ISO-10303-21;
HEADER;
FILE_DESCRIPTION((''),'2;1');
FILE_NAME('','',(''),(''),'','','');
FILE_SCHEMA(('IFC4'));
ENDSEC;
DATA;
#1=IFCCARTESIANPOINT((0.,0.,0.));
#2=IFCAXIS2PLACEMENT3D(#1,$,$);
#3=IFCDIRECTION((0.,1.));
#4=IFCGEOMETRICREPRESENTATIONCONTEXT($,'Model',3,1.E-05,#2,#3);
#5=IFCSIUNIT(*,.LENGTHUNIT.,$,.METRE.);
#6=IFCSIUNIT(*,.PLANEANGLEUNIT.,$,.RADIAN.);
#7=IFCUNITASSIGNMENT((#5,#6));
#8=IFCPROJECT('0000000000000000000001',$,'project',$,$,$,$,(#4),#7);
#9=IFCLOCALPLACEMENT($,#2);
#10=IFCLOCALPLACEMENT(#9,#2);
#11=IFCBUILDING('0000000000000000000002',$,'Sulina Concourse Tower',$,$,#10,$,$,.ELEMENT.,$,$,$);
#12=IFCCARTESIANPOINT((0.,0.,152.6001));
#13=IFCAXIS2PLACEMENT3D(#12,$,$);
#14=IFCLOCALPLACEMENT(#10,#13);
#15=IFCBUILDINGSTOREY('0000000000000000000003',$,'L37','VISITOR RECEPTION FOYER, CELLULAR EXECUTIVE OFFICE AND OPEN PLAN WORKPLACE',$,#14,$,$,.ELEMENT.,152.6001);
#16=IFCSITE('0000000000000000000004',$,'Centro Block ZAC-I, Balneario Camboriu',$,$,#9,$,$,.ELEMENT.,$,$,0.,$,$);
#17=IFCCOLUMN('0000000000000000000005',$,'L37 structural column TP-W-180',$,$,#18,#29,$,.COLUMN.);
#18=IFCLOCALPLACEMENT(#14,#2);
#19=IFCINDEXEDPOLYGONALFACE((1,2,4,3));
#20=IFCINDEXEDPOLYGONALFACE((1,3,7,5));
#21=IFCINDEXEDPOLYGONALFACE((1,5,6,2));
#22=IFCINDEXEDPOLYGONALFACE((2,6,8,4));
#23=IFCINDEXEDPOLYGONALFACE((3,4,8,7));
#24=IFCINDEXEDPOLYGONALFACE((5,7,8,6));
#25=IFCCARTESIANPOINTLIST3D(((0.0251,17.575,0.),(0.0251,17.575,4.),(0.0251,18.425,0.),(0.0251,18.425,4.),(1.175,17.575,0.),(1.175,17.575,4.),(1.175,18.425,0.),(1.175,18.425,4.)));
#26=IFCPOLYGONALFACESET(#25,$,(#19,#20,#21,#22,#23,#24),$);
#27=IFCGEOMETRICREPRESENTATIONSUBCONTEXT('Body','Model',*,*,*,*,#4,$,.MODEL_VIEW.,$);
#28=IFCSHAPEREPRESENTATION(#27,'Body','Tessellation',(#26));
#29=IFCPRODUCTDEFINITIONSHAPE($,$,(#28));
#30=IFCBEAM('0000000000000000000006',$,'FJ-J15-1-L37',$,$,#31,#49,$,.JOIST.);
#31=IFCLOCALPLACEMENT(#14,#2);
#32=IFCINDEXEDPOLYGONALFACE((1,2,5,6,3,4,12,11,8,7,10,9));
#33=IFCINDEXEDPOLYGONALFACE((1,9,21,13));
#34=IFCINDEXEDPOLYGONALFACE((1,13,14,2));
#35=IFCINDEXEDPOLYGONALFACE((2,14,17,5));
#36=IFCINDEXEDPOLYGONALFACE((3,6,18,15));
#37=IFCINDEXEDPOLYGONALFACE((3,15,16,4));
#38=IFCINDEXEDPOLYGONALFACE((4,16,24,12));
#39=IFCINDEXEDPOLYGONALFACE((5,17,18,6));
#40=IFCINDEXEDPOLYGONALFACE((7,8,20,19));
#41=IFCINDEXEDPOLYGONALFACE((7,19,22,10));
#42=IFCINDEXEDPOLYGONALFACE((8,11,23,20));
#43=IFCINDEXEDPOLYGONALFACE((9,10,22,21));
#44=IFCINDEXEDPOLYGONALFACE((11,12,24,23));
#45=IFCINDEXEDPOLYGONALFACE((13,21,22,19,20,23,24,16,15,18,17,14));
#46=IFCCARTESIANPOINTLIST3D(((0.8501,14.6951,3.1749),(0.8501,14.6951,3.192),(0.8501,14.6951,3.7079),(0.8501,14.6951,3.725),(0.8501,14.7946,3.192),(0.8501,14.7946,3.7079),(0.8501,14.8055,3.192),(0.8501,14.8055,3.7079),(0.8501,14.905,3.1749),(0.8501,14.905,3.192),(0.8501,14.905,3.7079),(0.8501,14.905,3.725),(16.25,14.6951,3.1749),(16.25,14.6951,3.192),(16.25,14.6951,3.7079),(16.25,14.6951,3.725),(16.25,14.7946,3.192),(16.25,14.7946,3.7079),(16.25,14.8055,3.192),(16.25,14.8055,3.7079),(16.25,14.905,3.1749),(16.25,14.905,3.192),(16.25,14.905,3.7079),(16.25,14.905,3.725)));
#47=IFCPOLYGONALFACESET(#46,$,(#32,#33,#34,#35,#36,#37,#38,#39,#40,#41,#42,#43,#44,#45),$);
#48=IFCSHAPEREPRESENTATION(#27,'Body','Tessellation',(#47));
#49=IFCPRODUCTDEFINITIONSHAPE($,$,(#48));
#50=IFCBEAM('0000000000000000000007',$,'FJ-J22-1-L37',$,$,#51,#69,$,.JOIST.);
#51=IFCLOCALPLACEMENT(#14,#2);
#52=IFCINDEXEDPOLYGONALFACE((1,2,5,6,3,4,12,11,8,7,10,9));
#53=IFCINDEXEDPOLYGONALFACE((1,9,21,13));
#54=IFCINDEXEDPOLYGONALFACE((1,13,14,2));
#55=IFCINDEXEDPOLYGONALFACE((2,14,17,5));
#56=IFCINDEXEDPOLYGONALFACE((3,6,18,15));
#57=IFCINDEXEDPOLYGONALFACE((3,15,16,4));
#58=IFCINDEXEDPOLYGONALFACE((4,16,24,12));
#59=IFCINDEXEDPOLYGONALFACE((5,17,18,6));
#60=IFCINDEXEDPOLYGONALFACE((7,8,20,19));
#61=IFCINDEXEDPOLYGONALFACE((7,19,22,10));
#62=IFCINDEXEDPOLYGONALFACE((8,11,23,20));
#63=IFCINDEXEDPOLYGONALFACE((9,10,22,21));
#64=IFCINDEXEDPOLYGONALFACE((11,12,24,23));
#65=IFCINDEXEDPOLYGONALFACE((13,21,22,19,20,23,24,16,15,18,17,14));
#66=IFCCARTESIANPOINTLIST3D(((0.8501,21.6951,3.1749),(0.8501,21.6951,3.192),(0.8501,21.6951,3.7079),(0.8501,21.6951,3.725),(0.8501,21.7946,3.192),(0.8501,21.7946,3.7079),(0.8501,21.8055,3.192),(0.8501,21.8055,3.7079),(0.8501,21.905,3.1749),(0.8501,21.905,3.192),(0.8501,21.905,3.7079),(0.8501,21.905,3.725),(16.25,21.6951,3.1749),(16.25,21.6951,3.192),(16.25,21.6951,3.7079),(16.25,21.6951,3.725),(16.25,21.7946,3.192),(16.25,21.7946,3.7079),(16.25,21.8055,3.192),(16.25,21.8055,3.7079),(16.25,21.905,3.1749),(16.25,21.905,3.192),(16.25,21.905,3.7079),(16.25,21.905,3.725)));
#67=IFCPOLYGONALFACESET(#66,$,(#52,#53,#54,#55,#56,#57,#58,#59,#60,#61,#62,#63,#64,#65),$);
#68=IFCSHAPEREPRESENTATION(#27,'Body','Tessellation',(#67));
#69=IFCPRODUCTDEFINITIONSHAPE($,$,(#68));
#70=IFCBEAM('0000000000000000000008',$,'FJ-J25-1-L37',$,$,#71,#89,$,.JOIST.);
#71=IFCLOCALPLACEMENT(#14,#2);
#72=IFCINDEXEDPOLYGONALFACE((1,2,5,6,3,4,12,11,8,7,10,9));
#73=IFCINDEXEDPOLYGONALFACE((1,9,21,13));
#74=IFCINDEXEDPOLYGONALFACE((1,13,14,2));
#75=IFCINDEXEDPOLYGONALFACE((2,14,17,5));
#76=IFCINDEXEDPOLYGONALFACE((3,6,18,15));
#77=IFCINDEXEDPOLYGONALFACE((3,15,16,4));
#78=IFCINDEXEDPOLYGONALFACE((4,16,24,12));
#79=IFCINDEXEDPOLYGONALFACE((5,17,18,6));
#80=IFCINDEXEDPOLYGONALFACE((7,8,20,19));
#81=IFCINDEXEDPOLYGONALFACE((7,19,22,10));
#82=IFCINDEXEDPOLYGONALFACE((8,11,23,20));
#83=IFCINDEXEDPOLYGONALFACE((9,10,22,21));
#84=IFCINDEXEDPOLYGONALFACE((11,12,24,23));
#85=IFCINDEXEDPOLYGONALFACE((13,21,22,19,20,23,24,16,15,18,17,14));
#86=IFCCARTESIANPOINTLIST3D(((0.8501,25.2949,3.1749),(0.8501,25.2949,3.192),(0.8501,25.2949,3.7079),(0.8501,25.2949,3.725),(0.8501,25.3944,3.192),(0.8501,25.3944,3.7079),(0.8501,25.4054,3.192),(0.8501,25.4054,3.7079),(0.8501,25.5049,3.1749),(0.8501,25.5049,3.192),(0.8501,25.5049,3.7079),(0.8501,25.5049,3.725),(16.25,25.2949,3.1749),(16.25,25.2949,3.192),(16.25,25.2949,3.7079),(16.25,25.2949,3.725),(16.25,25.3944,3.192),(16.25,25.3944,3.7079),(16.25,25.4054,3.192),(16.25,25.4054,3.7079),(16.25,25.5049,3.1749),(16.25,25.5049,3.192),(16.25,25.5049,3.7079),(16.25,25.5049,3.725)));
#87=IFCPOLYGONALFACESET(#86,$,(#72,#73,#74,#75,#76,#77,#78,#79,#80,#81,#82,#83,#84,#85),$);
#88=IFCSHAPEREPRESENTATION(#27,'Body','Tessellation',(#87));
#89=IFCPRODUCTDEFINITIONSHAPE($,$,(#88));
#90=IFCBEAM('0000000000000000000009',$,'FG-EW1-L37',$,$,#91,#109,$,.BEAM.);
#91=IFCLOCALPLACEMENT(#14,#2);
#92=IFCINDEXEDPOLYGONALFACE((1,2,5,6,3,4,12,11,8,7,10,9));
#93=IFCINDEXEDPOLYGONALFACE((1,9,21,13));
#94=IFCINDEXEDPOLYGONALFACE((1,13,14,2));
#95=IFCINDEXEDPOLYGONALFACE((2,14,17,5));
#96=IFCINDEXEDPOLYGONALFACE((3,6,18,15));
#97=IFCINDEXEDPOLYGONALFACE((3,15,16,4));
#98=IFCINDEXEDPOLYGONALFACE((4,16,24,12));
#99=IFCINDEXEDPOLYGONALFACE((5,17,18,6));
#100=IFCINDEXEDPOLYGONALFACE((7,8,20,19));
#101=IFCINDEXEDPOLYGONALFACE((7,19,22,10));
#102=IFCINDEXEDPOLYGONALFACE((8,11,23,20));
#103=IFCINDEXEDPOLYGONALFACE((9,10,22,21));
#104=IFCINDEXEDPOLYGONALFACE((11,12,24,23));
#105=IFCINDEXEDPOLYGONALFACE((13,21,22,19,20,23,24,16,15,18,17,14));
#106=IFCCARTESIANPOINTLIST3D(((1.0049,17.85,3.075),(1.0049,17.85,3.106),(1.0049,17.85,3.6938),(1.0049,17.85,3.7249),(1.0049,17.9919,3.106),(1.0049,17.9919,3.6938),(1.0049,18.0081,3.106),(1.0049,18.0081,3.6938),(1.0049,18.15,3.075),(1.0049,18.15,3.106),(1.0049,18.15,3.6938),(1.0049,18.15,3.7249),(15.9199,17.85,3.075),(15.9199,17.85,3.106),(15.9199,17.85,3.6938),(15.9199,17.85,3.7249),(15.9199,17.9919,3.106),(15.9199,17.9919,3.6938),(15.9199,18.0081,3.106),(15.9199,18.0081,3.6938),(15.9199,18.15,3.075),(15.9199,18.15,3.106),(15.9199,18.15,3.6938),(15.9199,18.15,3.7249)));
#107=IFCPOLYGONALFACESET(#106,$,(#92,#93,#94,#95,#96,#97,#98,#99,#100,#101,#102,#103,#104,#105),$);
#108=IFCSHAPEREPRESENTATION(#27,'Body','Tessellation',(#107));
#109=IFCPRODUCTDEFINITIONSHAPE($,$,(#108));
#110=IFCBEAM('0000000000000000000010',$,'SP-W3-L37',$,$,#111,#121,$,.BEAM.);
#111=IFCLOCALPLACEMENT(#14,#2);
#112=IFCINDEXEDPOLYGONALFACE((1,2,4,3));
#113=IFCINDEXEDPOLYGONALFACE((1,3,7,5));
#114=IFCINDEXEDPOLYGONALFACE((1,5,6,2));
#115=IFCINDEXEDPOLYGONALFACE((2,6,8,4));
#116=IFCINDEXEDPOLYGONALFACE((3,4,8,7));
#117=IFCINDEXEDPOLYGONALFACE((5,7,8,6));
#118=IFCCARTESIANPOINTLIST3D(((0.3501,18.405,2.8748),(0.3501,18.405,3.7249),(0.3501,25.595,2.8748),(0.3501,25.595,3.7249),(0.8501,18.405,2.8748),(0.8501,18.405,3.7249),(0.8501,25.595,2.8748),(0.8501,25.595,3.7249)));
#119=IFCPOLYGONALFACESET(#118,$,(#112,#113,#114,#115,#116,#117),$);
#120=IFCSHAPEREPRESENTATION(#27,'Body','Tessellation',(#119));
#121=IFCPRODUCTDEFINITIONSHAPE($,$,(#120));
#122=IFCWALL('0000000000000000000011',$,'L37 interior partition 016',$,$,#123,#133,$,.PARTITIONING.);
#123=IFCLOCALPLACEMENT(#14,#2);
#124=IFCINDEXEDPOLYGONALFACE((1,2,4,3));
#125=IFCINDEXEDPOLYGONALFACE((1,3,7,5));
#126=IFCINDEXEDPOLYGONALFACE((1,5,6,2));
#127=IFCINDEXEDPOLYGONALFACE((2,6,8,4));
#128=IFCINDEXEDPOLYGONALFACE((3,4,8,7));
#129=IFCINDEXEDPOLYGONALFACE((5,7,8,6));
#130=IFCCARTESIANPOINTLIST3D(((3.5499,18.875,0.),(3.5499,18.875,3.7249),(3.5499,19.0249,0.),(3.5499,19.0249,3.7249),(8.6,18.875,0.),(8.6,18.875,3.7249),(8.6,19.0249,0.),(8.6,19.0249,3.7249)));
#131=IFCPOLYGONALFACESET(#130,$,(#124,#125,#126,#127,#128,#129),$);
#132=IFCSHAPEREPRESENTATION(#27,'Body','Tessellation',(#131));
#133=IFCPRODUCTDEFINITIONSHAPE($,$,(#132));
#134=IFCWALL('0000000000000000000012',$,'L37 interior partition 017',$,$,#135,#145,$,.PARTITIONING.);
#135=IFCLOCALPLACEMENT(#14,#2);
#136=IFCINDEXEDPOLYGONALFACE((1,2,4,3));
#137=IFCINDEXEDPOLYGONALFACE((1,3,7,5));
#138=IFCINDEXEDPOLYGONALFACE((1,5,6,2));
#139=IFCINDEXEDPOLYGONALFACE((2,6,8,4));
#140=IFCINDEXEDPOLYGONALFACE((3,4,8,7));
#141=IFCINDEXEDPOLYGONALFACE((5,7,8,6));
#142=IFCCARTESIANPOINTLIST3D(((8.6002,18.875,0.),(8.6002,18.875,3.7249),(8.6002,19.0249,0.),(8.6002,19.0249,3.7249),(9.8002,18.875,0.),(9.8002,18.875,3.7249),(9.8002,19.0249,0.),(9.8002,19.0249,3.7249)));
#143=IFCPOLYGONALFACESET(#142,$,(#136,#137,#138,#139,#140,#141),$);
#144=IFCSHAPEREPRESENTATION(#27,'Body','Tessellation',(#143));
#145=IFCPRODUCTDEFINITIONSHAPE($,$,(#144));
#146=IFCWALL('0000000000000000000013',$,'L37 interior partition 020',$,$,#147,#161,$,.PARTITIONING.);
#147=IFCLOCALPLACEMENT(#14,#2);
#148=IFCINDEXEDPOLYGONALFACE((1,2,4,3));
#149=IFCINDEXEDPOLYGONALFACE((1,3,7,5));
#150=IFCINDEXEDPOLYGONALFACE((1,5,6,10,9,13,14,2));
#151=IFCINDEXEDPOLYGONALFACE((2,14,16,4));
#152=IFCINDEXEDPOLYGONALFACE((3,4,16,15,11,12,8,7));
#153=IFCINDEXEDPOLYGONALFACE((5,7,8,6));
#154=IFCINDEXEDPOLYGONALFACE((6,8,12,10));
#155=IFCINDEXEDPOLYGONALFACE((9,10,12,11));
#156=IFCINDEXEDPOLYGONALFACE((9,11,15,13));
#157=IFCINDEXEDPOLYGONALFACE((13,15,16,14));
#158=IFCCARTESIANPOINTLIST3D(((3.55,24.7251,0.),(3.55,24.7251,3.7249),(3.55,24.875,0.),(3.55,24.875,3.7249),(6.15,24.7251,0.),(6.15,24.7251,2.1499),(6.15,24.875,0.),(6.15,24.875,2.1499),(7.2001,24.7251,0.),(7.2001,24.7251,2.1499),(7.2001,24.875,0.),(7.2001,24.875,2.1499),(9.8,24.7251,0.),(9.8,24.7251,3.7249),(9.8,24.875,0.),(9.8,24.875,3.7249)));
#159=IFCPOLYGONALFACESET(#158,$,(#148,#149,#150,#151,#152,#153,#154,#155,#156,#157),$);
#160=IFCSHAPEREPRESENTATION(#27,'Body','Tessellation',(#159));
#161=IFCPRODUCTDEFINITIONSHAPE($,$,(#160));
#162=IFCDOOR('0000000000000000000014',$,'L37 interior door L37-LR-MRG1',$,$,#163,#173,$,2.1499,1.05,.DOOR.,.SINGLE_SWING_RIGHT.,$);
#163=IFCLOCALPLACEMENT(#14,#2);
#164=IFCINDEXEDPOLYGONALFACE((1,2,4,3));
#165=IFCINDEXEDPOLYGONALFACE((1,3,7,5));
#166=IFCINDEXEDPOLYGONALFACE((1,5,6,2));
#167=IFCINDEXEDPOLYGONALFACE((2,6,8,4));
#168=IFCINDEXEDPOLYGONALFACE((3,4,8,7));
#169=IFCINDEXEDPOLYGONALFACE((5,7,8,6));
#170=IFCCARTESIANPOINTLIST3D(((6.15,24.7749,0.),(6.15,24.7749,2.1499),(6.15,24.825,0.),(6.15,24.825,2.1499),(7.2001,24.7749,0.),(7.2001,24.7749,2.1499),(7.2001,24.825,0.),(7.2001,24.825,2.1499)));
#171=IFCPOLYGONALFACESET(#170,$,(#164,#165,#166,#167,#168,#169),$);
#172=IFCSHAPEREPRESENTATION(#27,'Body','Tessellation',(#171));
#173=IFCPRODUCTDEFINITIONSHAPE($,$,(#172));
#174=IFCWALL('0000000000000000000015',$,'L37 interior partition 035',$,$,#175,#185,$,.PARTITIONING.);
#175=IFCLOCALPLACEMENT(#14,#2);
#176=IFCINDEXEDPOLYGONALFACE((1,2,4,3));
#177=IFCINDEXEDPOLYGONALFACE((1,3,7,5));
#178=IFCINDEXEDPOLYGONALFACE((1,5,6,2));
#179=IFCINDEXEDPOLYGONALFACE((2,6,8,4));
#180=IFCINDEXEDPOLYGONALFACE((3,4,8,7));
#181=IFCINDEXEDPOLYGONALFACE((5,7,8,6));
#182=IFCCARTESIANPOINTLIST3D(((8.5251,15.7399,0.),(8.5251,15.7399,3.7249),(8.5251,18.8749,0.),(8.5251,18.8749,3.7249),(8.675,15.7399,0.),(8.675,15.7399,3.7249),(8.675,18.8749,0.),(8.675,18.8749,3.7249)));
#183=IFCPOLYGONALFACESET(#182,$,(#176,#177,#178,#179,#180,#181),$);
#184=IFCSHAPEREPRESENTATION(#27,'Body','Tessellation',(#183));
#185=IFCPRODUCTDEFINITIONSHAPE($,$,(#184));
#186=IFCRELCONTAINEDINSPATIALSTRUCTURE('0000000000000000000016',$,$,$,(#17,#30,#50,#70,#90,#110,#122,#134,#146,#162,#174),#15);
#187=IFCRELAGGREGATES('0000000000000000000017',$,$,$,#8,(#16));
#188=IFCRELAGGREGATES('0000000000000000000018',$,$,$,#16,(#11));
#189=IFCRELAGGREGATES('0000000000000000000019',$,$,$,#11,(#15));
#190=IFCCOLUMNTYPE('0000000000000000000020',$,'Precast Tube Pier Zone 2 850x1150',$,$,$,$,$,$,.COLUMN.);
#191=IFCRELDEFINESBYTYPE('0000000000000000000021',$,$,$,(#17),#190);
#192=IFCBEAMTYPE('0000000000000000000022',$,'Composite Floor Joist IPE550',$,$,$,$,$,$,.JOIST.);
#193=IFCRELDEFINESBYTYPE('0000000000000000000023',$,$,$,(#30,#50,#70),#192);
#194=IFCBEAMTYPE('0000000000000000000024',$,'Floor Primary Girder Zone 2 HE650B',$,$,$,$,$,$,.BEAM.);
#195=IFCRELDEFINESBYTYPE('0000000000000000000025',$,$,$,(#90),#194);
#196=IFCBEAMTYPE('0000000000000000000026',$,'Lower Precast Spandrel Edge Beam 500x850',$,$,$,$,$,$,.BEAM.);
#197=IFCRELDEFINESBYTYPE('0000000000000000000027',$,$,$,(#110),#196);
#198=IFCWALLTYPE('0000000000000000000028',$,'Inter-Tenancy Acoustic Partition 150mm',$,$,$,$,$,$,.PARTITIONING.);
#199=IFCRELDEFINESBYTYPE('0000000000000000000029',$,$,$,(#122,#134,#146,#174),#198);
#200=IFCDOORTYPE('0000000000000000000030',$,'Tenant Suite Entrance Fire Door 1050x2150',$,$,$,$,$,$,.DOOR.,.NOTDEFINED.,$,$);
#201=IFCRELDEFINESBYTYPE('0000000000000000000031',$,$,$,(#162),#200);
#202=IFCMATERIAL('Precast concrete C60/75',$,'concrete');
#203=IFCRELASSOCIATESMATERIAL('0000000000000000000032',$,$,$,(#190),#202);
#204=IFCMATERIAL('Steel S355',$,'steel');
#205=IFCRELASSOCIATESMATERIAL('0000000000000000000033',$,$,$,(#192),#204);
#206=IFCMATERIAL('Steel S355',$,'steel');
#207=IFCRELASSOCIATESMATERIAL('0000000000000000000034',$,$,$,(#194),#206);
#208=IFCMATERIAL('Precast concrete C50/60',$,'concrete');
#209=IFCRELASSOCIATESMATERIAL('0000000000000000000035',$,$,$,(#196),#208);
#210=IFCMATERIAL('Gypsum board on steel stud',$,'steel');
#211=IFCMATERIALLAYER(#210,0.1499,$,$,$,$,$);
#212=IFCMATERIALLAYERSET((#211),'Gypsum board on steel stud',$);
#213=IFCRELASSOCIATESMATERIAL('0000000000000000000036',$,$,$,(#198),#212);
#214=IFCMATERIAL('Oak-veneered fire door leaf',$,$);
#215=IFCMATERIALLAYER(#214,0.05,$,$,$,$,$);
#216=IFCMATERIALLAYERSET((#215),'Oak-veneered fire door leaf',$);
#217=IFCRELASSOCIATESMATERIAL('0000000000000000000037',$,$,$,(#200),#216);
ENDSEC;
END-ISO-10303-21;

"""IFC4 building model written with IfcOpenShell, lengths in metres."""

from ifc_helpers import new_model, si_unit, direction, frame, frame_2d, origin, origin_2d, place, context, subcontext, project, spatial, rectangle, i_section, extrude, material, layer, layer_set, material_profile, profile_set, type_object, element, fill, save


model = new_model("IFC4")

# Units and contexts
model_context = context("Model", 3, precision=1e-05, world=origin(), true_north=direction((0.0, 1.0)))
body_context = subcontext(model_context, "Body", "Model", "MODEL_VIEW")
ifc_project = project(units=[si_unit("LENGTHUNIT", "METRE"), si_unit("PLANEANGLEUNIT", "RADIAN")], contexts=[model_context])

# Site, building, storey
site_placement = place(None, origin())
site = spatial("IfcSite", under=ifc_project, at=site_placement, Name="Centro Block ZAC-I, Balneario Camboriu", CompositionType="ELEMENT", RefElevation=0.0)
building_placement = place(site_placement, origin())
building = spatial("IfcBuilding", under=site, at=building_placement, Name="Sulina Concourse Tower", CompositionType="ELEMENT")
storey_placement = place(building_placement, frame((0.0, 0.0, 152.6001)))
storey = spatial("IfcBuildingStorey", under=building, at=storey_placement, Name="L37", Description="VISITOR RECEPTION FOYER, CELLULAR EXECUTIVE OFFICE AND OPEN PLAN WORKPLACE", CompositionType="ELEMENT", Elevation=152.6001)

# Column
ifc_material_1 = material(Name="Precast concrete C60/75", Category="concrete")
ifc_material_profile_1 = material_profile(ifc_material_1, rectangle(XDim=0.8501, YDim=1.1499, at=origin_2d()), Name="PC 850x1150")
ifc_profile_set_1 = profile_set([ifc_material_profile_1], Name="Precast concrete C60/75")
column_type = type_object("IfcColumnType", Name="Precast Tube Pier Zone 2 850x1150", PredefinedType="COLUMN", material=ifc_profile_set_1)
column_placement = place(storey_placement, frame((0.6001, 18.0, 0.0), z_axis=(0.0, 0.0, 1.0), x_axis=(0.0, 1.0, 0.0)))
element("IfcColumn", 1, at=column_placement, inside=storey, type_object=column_type, Name="L37 structural column TP-W-180", PredefinedType="COLUMN", context=body_context, shape_type="SweptSolid", body=[
    extrude(rectangle(XDim=0.8501, YDim=1.1499, at=origin_2d()), origin(), (0.0, 0.0, 1.0), 4.0),
])

# Beams
ifc_material_2 = material(Name="Steel S355", Category="steel")
ifc_material_profile_2 = material_profile(ifc_material_2, i_section(OverallWidth=0.21, OverallDepth=0.55, WebThickness=0.011, FlangeThickness=0.0171, at=origin_2d()), Name="IPE 550")
ifc_profile_set_2 = profile_set([ifc_material_profile_2], Name="Steel S355")
beam_type_1 = type_object("IfcBeamType", Name="Composite Floor Joist IPE550", PredefinedType="JOIST", material=ifc_profile_set_2)
for number, where, z_axis, x_axis, name in (
    (2, (0.8501, 14.8, 3.45), (1.0, 0.0, 0.0), (0.0, 1.0, 0.0), "FJ-J15-1-L37"),
    (3, (0.8501, 21.8, 3.45), (1.0, 0.0, 0.0), (0.0, 1.0, 0.0), "FJ-J22-1-L37"),
    (4, (0.8501, 25.3999, 3.45), (1.0, 0.0, 0.0), (0.0, 1.0, 0.0), "FJ-J25-1-L37"),
):
    element("IfcBeam", number, at=place(storey_placement, frame(where, z_axis=z_axis, x_axis=x_axis)), inside=storey, type_object=beam_type_1, Name=name, PredefinedType="JOIST", context=body_context, shape_type="SweptSolid", body=[
        extrude(i_section(OverallWidth=0.21, OverallDepth=0.55, WebThickness=0.011, FlangeThickness=0.0171, at=origin_2d()), origin(), (0.0, 0.0, 1.0), 15.3999),
    ])
ifc_material_3 = material(Name="Steel S355", Category="steel")
ifc_material_profile_3 = material_profile(ifc_material_3, i_section(OverallWidth=0.3, OverallDepth=0.6499, WebThickness=0.0161, FlangeThickness=0.031, at=origin_2d()), Name="HE 650 B")
ifc_profile_set_3 = profile_set([ifc_material_profile_3], Name="Steel S355")
beam_type_2 = type_object("IfcBeamType", Name="Floor Primary Girder Zone 2 HE650B", PredefinedType="BEAM", material=ifc_profile_set_3)
beam_1_placement = place(storey_placement, frame((1.0049, 18.0, 3.3999), z_axis=(1.0, 0.0, 0.0), x_axis=(0.0, 1.0, 0.0)))
element("IfcBeam", 5, at=beam_1_placement, inside=storey, type_object=beam_type_2, Name="FG-EW1-L37", PredefinedType="BEAM", context=body_context, shape_type="SweptSolid", body=[
    extrude(i_section(OverallWidth=0.3, OverallDepth=0.6499, WebThickness=0.0161, FlangeThickness=0.031, at=origin_2d()), origin(), (0.0, 0.0, 1.0), 14.915),
])
ifc_material_4 = material(Name="Precast concrete C50/60", Category="concrete")
ifc_material_profile_4 = material_profile(ifc_material_4, rectangle(XDim=0.5, YDim=0.8501, at=origin_2d()), Name="RC 500x850")
ifc_profile_set_4 = profile_set([ifc_material_profile_4], Name="Precast concrete C50/60")
beam_type_3 = type_object("IfcBeamType", Name="Lower Precast Spandrel Edge Beam 500x850", PredefinedType="BEAM", material=ifc_profile_set_4)
beam_2_placement = place(storey_placement, frame((0.6001, 18.405, 3.2998), z_axis=(0.0, 1.0, 0.0), x_axis=(-1.0, 0.0, 0.0)))
element("IfcBeam", 6, at=beam_2_placement, inside=storey, type_object=beam_type_3, Name="SP-W3-L37", PredefinedType="BEAM", context=body_context, shape_type="SweptSolid", body=[
    extrude(rectangle(XDim=0.5, YDim=0.8501, at=origin_2d()), origin(), (0.0, 0.0, 1.0), 7.1899),
])

# Walls
ifc_material_5 = material(Name="Gypsum board on steel stud", Category="steel")
ifc_layer_1 = layer(ifc_material_5, 0.1499)
ifc_layer_set_1 = layer_set([ifc_layer_1], Name="Gypsum board on steel stud")
wall_type_1 = type_object("IfcWallType", Name="Inter-Tenancy Acoustic Partition 150mm", PredefinedType="PARTITIONING", material=ifc_layer_set_1)
wall_1_placement = place(storey_placement, frame((3.55, 18.95, 0.0), z_axis=(0.0, 0.0, 1.0), x_axis=(1.0, 0.0, 0.0)))
element("IfcWall", 7, at=wall_1_placement, inside=storey, type_object=wall_type_1, Name="L37 interior partition 016", PredefinedType="PARTITIONING", context=body_context, shape_type="SweptSolid", body=[
    extrude(rectangle(XDim=5.05, YDim=0.1499, at=frame_2d((2.5249, 0.0))), origin(), (0.0, 0.0, 1.0), 3.7249),
])
wall_2_placement = place(storey_placement, frame((8.6001, 18.95, 0.0), z_axis=(0.0, 0.0, 1.0), x_axis=(1.0, 0.0, 0.0)))
element("IfcWall", 8, at=wall_2_placement, inside=storey, type_object=wall_type_1, Name="L37 interior partition 017", PredefinedType="PARTITIONING", context=body_context, shape_type="SweptSolid", body=[
    extrude(rectangle(XDim=1.2, YDim=0.1499, at=frame_2d((0.6001, 0.0))), origin(), (0.0, 0.0, 1.0), 3.7249),
])

# Wall, opening, door
wall_3_placement = place(storey_placement, frame((3.55, 24.8, 0.0), z_axis=(0.0, 0.0, 1.0), x_axis=(1.0, 0.0, 0.0)))
wall_3 = element("IfcWall", 9, at=wall_3_placement, inside=storey, type_object=wall_type_1, Name="L37 interior partition 020", PredefinedType="PARTITIONING", context=body_context, shape_type="SweptSolid", body=[
    extrude(rectangle(XDim=6.25, YDim=0.1499, at=frame_2d((3.125, 0.0))), origin(), (0.0, 0.0, 1.0), 3.7249),
])
opening_1_placement = place(wall_3_placement, frame((2.6001, 0.0, 0.0)))
opening_1 = element("IfcOpeningElement", 10, at=opening_1_placement, cuts=wall_3, PredefinedType="OPENING", context=body_context, shape_type="SweptSolid", body=[
    extrude(rectangle(XDim=1.05, YDim=2.1499, at=frame_2d((0.5249, 1.075))), frame((0.0, 0.085, 0.0), z_axis=(0.0, -1.0, 0.0), x_axis=(1.0, 0.0, 0.0)), (0.0, 0.0, 1.0), 0.1699),
])
ifc_material_6 = material(Name="Oak-veneered fire door leaf")
ifc_layer_2 = layer(ifc_material_6, 0.05)
ifc_layer_set_2 = layer_set([ifc_layer_2], Name="Oak-veneered fire door leaf")
door_type_1 = type_object("IfcDoorType", Name="Tenant Suite Entrance Fire Door 1050x2150", OperationType="NOTDEFINED", PredefinedType="DOOR", material=ifc_layer_set_2)
door_1_placement = place(opening_1_placement, origin())
door_1 = element("IfcDoor", 11, at=door_1_placement, inside=storey, type_object=door_type_1, Name="L37 interior door L37-LR-MRG1", OperationType="SINGLE_SWING_RIGHT", OverallHeight=2.1499, OverallWidth=1.05, PredefinedType="DOOR", context=body_context, shape_type="SweptSolid", body=[
    extrude(rectangle(XDim=1.05, YDim=2.1499, at=frame_2d((0.5249, 1.075))), frame((0.0, 0.0249, 0.0), z_axis=(0.0, -1.0, 0.0), x_axis=(1.0, 0.0, 0.0)), (0.0, 0.0, 1.0), 0.05),
])
fill(opening_1, door_1)

# Wall
wall_4_placement = place(storey_placement, frame((8.6001, 15.74, 0.0), z_axis=(0.0, 0.0, 1.0), x_axis=(0.0, 1.0, 0.0)))
element("IfcWall", 12, at=wall_4_placement, inside=storey, type_object=wall_type_1, Name="L37 interior partition 035", PredefinedType="PARTITIONING", context=body_context, shape_type="SweptSolid", body=[
    extrude(rectangle(XDim=3.135, YDim=0.1499, at=frame_2d((1.5674, 0.0))), origin(), (0.0, 0.0, 1.0), 3.7249),
])

save(model, "model.ifc")
